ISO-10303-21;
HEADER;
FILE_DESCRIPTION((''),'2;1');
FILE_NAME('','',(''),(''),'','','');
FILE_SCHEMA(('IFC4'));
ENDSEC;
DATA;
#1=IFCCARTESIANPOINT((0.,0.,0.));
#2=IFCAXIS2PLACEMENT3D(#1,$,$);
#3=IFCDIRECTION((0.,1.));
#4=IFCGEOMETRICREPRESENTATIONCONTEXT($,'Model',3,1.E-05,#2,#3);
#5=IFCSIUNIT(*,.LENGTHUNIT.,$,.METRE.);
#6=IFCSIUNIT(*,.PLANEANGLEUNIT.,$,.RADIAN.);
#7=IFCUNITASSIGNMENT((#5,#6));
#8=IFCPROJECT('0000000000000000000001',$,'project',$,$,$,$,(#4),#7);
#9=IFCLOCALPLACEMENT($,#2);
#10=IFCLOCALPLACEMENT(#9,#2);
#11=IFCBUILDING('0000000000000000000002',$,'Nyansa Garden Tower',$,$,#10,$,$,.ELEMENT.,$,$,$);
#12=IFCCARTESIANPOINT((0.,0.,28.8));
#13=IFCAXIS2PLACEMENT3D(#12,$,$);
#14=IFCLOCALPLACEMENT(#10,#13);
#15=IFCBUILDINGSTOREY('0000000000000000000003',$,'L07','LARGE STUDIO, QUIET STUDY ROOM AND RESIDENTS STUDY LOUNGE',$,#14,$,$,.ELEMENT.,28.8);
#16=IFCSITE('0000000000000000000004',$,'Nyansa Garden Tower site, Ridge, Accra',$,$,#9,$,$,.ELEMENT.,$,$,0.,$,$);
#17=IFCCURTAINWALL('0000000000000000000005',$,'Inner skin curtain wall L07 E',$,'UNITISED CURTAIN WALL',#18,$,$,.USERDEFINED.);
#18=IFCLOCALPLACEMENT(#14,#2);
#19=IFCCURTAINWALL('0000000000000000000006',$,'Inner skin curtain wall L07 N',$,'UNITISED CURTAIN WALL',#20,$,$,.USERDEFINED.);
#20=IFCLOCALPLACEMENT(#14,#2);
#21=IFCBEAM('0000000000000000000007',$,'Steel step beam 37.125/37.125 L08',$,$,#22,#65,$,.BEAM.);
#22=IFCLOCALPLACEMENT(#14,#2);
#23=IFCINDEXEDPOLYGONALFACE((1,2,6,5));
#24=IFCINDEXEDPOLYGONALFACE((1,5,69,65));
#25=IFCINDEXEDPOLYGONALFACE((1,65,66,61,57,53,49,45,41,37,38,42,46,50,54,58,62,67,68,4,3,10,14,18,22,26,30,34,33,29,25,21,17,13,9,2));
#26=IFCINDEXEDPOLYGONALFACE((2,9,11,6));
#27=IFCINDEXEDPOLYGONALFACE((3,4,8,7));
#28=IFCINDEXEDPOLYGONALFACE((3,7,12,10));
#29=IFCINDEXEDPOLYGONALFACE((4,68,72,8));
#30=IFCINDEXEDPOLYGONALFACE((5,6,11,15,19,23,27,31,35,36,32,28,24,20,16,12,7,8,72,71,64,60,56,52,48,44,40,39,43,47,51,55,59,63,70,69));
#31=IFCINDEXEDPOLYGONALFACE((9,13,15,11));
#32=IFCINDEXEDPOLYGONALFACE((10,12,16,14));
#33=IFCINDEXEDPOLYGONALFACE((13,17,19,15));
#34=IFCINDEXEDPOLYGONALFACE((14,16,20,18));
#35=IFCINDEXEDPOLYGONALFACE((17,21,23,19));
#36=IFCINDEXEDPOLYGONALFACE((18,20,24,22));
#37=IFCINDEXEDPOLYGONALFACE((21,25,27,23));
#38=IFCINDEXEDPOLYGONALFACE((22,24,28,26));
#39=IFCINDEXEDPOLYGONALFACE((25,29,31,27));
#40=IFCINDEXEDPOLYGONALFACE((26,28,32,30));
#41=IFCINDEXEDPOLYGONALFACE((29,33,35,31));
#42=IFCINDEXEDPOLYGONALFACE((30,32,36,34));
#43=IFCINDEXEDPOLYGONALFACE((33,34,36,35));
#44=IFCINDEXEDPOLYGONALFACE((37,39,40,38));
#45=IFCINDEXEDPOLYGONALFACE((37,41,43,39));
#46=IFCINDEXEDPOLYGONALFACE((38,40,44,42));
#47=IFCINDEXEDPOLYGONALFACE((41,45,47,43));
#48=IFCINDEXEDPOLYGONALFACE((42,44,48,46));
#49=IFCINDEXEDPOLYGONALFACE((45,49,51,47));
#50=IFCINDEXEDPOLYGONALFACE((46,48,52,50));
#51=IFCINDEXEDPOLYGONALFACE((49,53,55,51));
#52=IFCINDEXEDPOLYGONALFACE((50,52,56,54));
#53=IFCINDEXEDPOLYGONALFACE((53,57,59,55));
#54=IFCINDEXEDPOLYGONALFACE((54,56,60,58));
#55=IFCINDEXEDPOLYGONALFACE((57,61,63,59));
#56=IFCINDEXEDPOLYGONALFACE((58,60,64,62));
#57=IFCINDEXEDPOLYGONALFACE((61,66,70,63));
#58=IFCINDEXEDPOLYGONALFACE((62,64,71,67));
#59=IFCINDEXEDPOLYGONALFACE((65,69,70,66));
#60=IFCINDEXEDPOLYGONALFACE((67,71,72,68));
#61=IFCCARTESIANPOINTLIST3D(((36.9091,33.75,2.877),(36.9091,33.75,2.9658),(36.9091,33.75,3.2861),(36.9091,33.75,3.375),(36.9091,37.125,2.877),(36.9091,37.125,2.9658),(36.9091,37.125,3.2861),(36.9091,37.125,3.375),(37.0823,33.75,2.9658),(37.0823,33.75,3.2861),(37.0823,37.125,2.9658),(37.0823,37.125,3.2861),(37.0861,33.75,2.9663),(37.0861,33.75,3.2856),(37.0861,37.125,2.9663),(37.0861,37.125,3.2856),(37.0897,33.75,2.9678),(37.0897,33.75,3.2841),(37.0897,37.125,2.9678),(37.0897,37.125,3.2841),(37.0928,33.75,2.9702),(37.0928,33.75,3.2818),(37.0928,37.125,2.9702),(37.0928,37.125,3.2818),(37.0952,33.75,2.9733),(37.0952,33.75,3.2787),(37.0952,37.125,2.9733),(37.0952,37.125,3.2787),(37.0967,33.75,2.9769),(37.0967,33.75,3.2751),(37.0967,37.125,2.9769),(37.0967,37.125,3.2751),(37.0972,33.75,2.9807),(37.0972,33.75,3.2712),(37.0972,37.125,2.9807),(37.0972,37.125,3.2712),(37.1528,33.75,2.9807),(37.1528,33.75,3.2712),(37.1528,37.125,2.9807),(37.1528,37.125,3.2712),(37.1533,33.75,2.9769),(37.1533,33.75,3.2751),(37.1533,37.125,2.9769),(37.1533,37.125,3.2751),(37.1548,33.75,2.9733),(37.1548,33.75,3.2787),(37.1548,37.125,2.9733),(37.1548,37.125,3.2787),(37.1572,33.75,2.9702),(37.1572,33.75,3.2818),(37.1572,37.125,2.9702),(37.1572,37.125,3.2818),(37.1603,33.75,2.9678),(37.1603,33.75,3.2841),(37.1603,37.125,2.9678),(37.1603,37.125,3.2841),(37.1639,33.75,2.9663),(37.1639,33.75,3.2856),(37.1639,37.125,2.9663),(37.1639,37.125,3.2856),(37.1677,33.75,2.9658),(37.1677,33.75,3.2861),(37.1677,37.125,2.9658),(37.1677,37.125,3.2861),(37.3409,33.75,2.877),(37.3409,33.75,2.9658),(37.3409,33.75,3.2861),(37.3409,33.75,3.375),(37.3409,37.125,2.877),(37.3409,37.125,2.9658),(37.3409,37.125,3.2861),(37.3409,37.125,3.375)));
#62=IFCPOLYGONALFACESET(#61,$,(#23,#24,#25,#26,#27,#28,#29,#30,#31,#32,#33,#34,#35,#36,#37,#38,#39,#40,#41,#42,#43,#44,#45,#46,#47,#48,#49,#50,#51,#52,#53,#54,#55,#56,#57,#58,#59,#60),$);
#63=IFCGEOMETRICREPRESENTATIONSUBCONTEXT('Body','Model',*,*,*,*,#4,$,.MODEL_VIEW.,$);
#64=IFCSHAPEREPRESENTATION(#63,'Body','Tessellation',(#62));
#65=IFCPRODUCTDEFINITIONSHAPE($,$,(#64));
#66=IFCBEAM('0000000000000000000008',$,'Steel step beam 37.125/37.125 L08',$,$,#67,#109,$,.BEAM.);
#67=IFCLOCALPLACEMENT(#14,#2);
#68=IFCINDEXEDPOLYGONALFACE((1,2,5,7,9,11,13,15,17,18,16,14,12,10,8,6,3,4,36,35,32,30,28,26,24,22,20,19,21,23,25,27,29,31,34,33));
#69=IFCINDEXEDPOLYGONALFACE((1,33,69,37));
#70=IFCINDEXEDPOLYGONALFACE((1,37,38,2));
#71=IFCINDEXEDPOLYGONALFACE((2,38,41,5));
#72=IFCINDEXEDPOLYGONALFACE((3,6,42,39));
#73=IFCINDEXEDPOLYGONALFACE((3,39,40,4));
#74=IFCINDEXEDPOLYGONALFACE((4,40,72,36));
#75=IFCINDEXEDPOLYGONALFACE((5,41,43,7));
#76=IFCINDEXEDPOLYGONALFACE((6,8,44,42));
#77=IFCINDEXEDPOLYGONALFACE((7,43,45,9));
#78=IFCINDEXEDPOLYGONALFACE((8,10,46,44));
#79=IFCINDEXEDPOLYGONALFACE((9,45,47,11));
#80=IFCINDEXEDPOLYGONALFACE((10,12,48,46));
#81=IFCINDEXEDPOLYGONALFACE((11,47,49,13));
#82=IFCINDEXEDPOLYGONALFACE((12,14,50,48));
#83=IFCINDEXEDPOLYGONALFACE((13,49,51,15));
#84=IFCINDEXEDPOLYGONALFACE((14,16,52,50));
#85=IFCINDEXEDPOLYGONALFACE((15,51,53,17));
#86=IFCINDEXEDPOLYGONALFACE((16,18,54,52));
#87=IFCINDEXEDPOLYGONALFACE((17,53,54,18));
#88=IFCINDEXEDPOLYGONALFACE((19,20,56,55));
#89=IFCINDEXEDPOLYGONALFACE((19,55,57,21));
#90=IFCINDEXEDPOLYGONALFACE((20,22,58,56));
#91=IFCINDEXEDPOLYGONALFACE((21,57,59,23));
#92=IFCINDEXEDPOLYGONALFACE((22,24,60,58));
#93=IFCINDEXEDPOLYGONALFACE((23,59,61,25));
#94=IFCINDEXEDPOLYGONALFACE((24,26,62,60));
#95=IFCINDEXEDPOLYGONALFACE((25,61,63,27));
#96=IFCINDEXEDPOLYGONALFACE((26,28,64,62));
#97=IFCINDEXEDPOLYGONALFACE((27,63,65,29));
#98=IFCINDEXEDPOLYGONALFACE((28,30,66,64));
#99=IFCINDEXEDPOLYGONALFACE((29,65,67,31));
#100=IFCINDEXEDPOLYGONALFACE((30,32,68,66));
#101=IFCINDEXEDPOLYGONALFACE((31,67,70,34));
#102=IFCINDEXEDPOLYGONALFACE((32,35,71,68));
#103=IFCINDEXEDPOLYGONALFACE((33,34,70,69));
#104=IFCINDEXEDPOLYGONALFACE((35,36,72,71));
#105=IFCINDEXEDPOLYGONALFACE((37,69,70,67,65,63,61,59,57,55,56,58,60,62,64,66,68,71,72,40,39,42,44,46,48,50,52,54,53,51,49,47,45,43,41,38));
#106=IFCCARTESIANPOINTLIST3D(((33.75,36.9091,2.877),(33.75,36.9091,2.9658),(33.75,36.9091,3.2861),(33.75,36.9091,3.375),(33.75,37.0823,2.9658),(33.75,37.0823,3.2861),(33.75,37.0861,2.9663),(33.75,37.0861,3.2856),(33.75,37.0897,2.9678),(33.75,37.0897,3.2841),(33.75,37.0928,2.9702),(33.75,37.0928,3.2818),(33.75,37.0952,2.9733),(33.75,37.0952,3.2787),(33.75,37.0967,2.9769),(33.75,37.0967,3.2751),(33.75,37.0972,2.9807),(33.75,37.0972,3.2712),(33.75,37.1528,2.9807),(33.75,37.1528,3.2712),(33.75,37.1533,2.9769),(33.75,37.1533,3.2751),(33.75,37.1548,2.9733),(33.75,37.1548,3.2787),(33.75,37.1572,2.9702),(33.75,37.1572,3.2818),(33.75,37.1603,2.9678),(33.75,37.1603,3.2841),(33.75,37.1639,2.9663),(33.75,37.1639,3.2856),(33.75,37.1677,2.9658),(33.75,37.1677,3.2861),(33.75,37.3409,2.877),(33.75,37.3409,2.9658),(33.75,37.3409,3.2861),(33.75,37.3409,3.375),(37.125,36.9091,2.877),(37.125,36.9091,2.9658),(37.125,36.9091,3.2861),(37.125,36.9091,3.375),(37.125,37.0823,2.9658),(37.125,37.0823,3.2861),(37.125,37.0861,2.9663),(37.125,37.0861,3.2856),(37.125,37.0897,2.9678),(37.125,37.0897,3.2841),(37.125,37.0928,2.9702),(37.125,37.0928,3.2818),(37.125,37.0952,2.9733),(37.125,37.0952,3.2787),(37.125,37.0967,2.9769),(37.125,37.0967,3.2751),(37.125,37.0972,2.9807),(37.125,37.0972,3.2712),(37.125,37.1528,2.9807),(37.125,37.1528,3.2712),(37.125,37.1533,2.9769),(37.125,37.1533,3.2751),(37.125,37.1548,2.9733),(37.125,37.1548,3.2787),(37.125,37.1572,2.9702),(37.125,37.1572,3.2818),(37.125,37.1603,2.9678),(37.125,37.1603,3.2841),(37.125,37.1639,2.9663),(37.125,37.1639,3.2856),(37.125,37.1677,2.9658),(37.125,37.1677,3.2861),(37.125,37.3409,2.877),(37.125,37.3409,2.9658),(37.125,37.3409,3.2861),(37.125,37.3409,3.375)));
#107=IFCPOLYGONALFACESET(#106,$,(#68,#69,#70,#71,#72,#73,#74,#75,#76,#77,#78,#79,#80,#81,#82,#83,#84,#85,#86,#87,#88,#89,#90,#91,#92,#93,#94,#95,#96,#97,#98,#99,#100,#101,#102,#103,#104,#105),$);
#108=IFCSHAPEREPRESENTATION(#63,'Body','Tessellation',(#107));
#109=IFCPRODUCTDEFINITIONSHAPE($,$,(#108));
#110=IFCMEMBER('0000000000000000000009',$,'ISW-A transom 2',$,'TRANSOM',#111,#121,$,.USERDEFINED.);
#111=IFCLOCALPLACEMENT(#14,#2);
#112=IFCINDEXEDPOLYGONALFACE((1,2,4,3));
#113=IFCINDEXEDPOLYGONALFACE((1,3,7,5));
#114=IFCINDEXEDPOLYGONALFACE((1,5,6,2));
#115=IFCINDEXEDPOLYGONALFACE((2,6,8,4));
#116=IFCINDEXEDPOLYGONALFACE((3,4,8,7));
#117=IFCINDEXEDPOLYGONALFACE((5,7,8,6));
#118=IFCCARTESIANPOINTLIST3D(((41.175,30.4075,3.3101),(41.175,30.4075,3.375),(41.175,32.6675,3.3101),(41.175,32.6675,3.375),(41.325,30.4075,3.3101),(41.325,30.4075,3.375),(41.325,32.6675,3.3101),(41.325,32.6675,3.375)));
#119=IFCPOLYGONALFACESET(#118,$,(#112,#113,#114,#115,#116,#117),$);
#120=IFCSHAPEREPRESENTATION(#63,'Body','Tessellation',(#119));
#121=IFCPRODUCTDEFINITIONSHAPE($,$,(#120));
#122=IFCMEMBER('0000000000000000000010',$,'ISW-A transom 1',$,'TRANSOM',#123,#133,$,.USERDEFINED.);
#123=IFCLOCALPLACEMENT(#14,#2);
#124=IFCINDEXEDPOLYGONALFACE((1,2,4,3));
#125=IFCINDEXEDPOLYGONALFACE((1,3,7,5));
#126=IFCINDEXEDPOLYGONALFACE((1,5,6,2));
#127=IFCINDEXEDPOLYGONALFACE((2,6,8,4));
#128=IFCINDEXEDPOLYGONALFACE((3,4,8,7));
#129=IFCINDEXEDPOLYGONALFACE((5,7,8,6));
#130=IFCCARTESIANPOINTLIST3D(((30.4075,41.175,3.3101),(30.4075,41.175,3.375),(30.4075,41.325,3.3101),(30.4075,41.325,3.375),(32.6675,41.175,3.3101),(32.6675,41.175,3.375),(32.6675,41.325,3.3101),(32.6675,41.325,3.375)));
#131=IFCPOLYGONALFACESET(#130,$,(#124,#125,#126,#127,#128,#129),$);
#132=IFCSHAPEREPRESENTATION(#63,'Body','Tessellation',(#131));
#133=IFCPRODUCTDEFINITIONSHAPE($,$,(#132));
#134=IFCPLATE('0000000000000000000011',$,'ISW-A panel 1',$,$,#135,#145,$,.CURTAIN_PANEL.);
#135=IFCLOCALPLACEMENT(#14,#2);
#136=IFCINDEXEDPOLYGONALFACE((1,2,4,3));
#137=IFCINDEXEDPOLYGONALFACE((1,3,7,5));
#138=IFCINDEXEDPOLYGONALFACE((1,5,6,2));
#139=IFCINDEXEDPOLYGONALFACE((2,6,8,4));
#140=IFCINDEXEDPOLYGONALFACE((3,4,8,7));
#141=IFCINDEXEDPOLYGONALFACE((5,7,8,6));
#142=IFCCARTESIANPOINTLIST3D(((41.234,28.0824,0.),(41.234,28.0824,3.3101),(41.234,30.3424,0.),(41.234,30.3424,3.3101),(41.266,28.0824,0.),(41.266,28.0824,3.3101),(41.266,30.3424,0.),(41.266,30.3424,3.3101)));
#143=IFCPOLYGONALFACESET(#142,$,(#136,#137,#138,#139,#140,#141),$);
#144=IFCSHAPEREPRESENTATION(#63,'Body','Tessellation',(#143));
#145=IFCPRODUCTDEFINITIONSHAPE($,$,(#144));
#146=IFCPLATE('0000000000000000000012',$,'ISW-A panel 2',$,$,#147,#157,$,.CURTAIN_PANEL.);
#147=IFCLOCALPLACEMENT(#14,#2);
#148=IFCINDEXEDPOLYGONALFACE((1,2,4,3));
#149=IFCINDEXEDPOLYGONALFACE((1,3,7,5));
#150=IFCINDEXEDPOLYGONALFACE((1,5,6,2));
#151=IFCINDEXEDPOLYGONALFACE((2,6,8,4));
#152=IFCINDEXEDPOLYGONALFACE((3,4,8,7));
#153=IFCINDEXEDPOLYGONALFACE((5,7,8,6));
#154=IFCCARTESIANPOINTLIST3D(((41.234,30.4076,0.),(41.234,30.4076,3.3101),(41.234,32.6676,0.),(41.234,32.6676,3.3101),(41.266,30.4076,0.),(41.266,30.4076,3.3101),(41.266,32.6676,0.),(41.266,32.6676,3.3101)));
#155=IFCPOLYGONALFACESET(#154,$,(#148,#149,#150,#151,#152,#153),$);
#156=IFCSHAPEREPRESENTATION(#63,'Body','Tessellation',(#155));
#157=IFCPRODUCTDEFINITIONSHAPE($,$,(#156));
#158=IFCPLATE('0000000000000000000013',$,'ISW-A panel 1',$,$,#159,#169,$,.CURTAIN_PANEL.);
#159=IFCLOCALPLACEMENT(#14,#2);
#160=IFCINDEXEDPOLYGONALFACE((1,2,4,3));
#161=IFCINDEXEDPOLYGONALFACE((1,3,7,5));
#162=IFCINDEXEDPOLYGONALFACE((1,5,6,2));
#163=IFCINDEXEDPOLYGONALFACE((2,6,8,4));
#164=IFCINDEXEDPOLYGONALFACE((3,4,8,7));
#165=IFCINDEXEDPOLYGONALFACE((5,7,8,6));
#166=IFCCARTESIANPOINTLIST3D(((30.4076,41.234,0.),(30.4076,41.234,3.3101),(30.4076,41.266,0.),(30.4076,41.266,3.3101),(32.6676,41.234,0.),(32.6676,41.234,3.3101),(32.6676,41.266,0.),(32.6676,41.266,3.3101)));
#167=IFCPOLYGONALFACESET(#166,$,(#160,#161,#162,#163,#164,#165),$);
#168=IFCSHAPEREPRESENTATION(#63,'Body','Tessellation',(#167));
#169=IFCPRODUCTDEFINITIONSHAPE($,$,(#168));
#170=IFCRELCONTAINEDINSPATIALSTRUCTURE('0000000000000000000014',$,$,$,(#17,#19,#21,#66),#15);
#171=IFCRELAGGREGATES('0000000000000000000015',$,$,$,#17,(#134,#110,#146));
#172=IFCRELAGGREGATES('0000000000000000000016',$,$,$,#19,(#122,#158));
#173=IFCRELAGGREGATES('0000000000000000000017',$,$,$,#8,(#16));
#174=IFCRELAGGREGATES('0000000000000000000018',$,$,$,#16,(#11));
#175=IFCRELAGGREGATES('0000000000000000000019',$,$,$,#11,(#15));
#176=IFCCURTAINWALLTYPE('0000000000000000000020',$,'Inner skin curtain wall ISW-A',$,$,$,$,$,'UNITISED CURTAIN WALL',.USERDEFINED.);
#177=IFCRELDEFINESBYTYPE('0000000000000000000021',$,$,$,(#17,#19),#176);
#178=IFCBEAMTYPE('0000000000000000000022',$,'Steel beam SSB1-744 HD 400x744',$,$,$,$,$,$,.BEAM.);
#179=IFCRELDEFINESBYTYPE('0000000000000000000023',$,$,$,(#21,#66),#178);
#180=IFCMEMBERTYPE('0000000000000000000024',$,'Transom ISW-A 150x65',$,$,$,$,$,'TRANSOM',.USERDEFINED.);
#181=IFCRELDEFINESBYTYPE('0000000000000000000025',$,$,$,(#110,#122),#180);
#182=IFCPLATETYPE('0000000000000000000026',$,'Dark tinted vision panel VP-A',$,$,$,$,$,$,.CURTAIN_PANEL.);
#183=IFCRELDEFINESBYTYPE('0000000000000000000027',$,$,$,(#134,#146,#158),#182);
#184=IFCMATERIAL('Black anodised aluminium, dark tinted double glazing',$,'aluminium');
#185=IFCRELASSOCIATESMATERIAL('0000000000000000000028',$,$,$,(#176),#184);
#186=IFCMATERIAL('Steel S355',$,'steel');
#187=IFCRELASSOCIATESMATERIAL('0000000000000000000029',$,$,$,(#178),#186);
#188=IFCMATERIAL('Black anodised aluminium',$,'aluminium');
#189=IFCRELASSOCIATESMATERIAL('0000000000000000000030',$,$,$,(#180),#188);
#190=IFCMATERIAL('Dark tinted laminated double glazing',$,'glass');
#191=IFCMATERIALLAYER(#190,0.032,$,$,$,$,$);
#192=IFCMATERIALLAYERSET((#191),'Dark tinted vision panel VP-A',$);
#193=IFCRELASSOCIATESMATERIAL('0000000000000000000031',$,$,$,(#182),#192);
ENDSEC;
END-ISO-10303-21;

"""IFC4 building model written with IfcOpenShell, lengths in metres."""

from ifc_helpers import new_model, si_unit, direction, frame, origin, origin_2d, place, context, subcontext, project, spatial, rectangle, i_section, extrude, material, layer, layer_set, material_profile, profile_set, type_object, element, aggregate, save


model = new_model("IFC4")

# Units and contexts
model_context = context("Model", 3, precision=1e-05, world=origin(), true_north=direction((0.0, 1.0)))
body_context = subcontext(model_context, "Body", "Model", "MODEL_VIEW")
ifc_project = project(units=[si_unit("LENGTHUNIT", "METRE"), si_unit("PLANEANGLEUNIT", "RADIAN")], contexts=[model_context])

# Site, building, storey
site_placement = place(None, origin())
site = spatial("IfcSite", under=ifc_project, at=site_placement, Name="Nyansa Garden Tower site, Ridge, Accra", CompositionType="ELEMENT", RefElevation=0.0)
building_placement = place(site_placement, origin())
building = spatial("IfcBuilding", under=site, at=building_placement, Name="Nyansa Garden Tower", CompositionType="ELEMENT")
storey_placement = place(building_placement, frame((0.0, 0.0, 28.8)))
storey = spatial("IfcBuildingStorey", under=building, at=storey_placement, Name="L07", Description="LARGE STUDIO, QUIET STUDY ROOM AND RESIDENTS STUDY LOUNGE", CompositionType="ELEMENT", Elevation=28.8)

# Curtain walls
ifc_material_1 = material(Name="Black anodised aluminium, dark tinted double glazing", Category="aluminium")
curtain_wall_type = type_object("IfcCurtainWallType", Name="Inner skin curtain wall ISW-A", ElementType="UNITISED CURTAIN WALL", PredefinedType="USERDEFINED", material=ifc_material_1)
curtain_wall_1_placement = place(storey_placement, origin())
curtain_wall_1 = element("IfcCurtainWall", 1, at=curtain_wall_1_placement, inside=storey, type_object=curtain_wall_type, Name="Inner skin curtain wall L07 E", ObjectType="UNITISED CURTAIN WALL", PredefinedType="USERDEFINED")
curtain_wall_2_placement = place(storey_placement, origin())
curtain_wall_2 = element("IfcCurtainWall", 2, at=curtain_wall_2_placement, inside=storey, type_object=curtain_wall_type, Name="Inner skin curtain wall L07 N", ObjectType="UNITISED CURTAIN WALL", PredefinedType="USERDEFINED")

# Beams
ifc_material_2 = material(Name="Steel S355", Category="steel")
ifc_material_profile_1 = material_profile(ifc_material_2, i_section(OverallWidth=0.4319, OverallDepth=0.498, WebThickness=0.0557, FlangeThickness=0.0889, FilletRadius=0.0149, at=origin_2d()), Name="HD 400x744")
ifc_profile_set_1 = profile_set([ifc_material_profile_1], Name="Steel S355")
beam_type_1 = type_object("IfcBeamType", Name="Steel beam SSB1-744 HD 400x744", PredefinedType="BEAM", material=ifc_profile_set_1)
for number, where, z_axis, x_axis, name in (
    (3, (37.125, 37.125, 3.126), (0.0, -1.0, 0.0), (1.0, 0.0, 0.0), "Steel step beam 37.125/37.125 L08"),
    (4, (37.125, 37.125, 3.126), (-1.0, 0.0, 0.0), (0.0, -1.0, 0.0), "Steel step beam 37.125/37.125 L08"),
):
    element("IfcBeam", number, at=place(storey_placement, frame(where, z_axis=z_axis, x_axis=x_axis)), inside=storey, type_object=beam_type_1, Name=name, PredefinedType="BEAM", context=body_context, shape_type="SweptSolid", body=[
        extrude(i_section(OverallWidth=0.4319, OverallDepth=0.498, WebThickness=0.0557, FlangeThickness=0.0889, FilletRadius=0.0149, at=origin_2d()), origin(), (0.0, 0.0, 1.0), 3.375),
    ])

# Members
ifc_material_3 = material(Name="Black anodised aluminium", Category="aluminium")
ifc_material_profile_2 = material_profile(ifc_material_3, rectangle(XDim=0.1499, YDim=0.0649, at=origin_2d()), Name="Transom 150x65")
ifc_profile_set_2 = profile_set([ifc_material_profile_2], Name="Black anodised aluminium")
member_type_1 = type_object("IfcMemberType", Name="Transom ISW-A 150x65", ElementType="TRANSOM", PredefinedType="USERDEFINED", material=ifc_profile_set_2)
member_1_placement = place(storey_placement, frame((41.25, 30.4075, 3.3425), z_axis=(0.0, 1.0, 0.0), x_axis=(-1.0, 0.0, 0.0)))
member_1 = element("IfcMember", 5, at=member_1_placement, type_object=member_type_1, Name="ISW-A transom 2", ObjectType="TRANSOM", PredefinedType="USERDEFINED", context=body_context, shape_type="SweptSolid", body=[
    extrude(rectangle(XDim=0.1499, YDim=0.0649, at=origin_2d()), origin(), (0.0, 0.0, 1.0), 2.26),
])
member_2_placement = place(storey_placement, frame((32.6675, 41.25, 3.3425), z_axis=(-1.0, 0.0, 0.0), x_axis=(0.0, -1.0, 0.0)))
member_2 = element("IfcMember", 6, at=member_2_placement, type_object=member_type_1, Name="ISW-A transom 1", ObjectType="TRANSOM", PredefinedType="USERDEFINED", context=body_context, shape_type="SweptSolid", body=[
    extrude(rectangle(XDim=0.1499, YDim=0.0649, at=origin_2d()), origin(), (0.0, 0.0, 1.0), 2.26),
])

# Plates
ifc_material_4 = material(Name="Dark tinted laminated double glazing", Category="glass")
ifc_layer_1 = layer(ifc_material_4, 0.032)
ifc_layer_set_1 = layer_set([ifc_layer_1], Name="Dark tinted vision panel VP-A")
plate_type = type_object("IfcPlateType", Name="Dark tinted vision panel VP-A", PredefinedType="CURTAIN_PANEL", material=ifc_layer_set_1)
plate_1_placement = place(storey_placement, frame((41.25, 29.2124, 0.0), z_axis=(0.0, 0.0, 1.0), x_axis=(0.0, 1.0, 0.0)))
plate_1 = element("IfcPlate", 7, at=plate_1_placement, type_object=plate_type, Name="ISW-A panel 1", PredefinedType="CURTAIN_PANEL", context=body_context, shape_type="SweptSolid", body=[
    extrude(rectangle(XDim=2.26, YDim=0.032, at=origin_2d()), origin(), (0.0, 0.0, 1.0), 3.3101),
])
plate_2_placement = place(storey_placement, frame((41.25, 31.5376, 0.0), z_axis=(0.0, 0.0, 1.0), x_axis=(0.0, 1.0, 0.0)))
plate_2 = element("IfcPlate", 8, at=plate_2_placement, type_object=plate_type, Name="ISW-A panel 2", PredefinedType="CURTAIN_PANEL", context=body_context, shape_type="SweptSolid", body=[
    extrude(rectangle(XDim=2.26, YDim=0.032, at=origin_2d()), origin(), (0.0, 0.0, 1.0), 3.3101),
])
aggregate(curtain_wall_1, [plate_1, member_1, plate_2])
plate_3_placement = place(storey_placement, frame((31.5376, 41.25, 0.0), z_axis=(0.0, 0.0, 1.0), x_axis=(-1.0, 0.0, 0.0)))
plate_3 = element("IfcPlate", 9, at=plate_3_placement, type_object=plate_type, Name="ISW-A panel 1", PredefinedType="CURTAIN_PANEL", context=body_context, shape_type="SweptSolid", body=[
    extrude(rectangle(XDim=2.26, YDim=0.032, at=origin_2d()), origin(), (0.0, 0.0, 1.0), 3.3101),
])
aggregate(curtain_wall_2, [member_2, plate_3])

save(model, "model.ifc")
